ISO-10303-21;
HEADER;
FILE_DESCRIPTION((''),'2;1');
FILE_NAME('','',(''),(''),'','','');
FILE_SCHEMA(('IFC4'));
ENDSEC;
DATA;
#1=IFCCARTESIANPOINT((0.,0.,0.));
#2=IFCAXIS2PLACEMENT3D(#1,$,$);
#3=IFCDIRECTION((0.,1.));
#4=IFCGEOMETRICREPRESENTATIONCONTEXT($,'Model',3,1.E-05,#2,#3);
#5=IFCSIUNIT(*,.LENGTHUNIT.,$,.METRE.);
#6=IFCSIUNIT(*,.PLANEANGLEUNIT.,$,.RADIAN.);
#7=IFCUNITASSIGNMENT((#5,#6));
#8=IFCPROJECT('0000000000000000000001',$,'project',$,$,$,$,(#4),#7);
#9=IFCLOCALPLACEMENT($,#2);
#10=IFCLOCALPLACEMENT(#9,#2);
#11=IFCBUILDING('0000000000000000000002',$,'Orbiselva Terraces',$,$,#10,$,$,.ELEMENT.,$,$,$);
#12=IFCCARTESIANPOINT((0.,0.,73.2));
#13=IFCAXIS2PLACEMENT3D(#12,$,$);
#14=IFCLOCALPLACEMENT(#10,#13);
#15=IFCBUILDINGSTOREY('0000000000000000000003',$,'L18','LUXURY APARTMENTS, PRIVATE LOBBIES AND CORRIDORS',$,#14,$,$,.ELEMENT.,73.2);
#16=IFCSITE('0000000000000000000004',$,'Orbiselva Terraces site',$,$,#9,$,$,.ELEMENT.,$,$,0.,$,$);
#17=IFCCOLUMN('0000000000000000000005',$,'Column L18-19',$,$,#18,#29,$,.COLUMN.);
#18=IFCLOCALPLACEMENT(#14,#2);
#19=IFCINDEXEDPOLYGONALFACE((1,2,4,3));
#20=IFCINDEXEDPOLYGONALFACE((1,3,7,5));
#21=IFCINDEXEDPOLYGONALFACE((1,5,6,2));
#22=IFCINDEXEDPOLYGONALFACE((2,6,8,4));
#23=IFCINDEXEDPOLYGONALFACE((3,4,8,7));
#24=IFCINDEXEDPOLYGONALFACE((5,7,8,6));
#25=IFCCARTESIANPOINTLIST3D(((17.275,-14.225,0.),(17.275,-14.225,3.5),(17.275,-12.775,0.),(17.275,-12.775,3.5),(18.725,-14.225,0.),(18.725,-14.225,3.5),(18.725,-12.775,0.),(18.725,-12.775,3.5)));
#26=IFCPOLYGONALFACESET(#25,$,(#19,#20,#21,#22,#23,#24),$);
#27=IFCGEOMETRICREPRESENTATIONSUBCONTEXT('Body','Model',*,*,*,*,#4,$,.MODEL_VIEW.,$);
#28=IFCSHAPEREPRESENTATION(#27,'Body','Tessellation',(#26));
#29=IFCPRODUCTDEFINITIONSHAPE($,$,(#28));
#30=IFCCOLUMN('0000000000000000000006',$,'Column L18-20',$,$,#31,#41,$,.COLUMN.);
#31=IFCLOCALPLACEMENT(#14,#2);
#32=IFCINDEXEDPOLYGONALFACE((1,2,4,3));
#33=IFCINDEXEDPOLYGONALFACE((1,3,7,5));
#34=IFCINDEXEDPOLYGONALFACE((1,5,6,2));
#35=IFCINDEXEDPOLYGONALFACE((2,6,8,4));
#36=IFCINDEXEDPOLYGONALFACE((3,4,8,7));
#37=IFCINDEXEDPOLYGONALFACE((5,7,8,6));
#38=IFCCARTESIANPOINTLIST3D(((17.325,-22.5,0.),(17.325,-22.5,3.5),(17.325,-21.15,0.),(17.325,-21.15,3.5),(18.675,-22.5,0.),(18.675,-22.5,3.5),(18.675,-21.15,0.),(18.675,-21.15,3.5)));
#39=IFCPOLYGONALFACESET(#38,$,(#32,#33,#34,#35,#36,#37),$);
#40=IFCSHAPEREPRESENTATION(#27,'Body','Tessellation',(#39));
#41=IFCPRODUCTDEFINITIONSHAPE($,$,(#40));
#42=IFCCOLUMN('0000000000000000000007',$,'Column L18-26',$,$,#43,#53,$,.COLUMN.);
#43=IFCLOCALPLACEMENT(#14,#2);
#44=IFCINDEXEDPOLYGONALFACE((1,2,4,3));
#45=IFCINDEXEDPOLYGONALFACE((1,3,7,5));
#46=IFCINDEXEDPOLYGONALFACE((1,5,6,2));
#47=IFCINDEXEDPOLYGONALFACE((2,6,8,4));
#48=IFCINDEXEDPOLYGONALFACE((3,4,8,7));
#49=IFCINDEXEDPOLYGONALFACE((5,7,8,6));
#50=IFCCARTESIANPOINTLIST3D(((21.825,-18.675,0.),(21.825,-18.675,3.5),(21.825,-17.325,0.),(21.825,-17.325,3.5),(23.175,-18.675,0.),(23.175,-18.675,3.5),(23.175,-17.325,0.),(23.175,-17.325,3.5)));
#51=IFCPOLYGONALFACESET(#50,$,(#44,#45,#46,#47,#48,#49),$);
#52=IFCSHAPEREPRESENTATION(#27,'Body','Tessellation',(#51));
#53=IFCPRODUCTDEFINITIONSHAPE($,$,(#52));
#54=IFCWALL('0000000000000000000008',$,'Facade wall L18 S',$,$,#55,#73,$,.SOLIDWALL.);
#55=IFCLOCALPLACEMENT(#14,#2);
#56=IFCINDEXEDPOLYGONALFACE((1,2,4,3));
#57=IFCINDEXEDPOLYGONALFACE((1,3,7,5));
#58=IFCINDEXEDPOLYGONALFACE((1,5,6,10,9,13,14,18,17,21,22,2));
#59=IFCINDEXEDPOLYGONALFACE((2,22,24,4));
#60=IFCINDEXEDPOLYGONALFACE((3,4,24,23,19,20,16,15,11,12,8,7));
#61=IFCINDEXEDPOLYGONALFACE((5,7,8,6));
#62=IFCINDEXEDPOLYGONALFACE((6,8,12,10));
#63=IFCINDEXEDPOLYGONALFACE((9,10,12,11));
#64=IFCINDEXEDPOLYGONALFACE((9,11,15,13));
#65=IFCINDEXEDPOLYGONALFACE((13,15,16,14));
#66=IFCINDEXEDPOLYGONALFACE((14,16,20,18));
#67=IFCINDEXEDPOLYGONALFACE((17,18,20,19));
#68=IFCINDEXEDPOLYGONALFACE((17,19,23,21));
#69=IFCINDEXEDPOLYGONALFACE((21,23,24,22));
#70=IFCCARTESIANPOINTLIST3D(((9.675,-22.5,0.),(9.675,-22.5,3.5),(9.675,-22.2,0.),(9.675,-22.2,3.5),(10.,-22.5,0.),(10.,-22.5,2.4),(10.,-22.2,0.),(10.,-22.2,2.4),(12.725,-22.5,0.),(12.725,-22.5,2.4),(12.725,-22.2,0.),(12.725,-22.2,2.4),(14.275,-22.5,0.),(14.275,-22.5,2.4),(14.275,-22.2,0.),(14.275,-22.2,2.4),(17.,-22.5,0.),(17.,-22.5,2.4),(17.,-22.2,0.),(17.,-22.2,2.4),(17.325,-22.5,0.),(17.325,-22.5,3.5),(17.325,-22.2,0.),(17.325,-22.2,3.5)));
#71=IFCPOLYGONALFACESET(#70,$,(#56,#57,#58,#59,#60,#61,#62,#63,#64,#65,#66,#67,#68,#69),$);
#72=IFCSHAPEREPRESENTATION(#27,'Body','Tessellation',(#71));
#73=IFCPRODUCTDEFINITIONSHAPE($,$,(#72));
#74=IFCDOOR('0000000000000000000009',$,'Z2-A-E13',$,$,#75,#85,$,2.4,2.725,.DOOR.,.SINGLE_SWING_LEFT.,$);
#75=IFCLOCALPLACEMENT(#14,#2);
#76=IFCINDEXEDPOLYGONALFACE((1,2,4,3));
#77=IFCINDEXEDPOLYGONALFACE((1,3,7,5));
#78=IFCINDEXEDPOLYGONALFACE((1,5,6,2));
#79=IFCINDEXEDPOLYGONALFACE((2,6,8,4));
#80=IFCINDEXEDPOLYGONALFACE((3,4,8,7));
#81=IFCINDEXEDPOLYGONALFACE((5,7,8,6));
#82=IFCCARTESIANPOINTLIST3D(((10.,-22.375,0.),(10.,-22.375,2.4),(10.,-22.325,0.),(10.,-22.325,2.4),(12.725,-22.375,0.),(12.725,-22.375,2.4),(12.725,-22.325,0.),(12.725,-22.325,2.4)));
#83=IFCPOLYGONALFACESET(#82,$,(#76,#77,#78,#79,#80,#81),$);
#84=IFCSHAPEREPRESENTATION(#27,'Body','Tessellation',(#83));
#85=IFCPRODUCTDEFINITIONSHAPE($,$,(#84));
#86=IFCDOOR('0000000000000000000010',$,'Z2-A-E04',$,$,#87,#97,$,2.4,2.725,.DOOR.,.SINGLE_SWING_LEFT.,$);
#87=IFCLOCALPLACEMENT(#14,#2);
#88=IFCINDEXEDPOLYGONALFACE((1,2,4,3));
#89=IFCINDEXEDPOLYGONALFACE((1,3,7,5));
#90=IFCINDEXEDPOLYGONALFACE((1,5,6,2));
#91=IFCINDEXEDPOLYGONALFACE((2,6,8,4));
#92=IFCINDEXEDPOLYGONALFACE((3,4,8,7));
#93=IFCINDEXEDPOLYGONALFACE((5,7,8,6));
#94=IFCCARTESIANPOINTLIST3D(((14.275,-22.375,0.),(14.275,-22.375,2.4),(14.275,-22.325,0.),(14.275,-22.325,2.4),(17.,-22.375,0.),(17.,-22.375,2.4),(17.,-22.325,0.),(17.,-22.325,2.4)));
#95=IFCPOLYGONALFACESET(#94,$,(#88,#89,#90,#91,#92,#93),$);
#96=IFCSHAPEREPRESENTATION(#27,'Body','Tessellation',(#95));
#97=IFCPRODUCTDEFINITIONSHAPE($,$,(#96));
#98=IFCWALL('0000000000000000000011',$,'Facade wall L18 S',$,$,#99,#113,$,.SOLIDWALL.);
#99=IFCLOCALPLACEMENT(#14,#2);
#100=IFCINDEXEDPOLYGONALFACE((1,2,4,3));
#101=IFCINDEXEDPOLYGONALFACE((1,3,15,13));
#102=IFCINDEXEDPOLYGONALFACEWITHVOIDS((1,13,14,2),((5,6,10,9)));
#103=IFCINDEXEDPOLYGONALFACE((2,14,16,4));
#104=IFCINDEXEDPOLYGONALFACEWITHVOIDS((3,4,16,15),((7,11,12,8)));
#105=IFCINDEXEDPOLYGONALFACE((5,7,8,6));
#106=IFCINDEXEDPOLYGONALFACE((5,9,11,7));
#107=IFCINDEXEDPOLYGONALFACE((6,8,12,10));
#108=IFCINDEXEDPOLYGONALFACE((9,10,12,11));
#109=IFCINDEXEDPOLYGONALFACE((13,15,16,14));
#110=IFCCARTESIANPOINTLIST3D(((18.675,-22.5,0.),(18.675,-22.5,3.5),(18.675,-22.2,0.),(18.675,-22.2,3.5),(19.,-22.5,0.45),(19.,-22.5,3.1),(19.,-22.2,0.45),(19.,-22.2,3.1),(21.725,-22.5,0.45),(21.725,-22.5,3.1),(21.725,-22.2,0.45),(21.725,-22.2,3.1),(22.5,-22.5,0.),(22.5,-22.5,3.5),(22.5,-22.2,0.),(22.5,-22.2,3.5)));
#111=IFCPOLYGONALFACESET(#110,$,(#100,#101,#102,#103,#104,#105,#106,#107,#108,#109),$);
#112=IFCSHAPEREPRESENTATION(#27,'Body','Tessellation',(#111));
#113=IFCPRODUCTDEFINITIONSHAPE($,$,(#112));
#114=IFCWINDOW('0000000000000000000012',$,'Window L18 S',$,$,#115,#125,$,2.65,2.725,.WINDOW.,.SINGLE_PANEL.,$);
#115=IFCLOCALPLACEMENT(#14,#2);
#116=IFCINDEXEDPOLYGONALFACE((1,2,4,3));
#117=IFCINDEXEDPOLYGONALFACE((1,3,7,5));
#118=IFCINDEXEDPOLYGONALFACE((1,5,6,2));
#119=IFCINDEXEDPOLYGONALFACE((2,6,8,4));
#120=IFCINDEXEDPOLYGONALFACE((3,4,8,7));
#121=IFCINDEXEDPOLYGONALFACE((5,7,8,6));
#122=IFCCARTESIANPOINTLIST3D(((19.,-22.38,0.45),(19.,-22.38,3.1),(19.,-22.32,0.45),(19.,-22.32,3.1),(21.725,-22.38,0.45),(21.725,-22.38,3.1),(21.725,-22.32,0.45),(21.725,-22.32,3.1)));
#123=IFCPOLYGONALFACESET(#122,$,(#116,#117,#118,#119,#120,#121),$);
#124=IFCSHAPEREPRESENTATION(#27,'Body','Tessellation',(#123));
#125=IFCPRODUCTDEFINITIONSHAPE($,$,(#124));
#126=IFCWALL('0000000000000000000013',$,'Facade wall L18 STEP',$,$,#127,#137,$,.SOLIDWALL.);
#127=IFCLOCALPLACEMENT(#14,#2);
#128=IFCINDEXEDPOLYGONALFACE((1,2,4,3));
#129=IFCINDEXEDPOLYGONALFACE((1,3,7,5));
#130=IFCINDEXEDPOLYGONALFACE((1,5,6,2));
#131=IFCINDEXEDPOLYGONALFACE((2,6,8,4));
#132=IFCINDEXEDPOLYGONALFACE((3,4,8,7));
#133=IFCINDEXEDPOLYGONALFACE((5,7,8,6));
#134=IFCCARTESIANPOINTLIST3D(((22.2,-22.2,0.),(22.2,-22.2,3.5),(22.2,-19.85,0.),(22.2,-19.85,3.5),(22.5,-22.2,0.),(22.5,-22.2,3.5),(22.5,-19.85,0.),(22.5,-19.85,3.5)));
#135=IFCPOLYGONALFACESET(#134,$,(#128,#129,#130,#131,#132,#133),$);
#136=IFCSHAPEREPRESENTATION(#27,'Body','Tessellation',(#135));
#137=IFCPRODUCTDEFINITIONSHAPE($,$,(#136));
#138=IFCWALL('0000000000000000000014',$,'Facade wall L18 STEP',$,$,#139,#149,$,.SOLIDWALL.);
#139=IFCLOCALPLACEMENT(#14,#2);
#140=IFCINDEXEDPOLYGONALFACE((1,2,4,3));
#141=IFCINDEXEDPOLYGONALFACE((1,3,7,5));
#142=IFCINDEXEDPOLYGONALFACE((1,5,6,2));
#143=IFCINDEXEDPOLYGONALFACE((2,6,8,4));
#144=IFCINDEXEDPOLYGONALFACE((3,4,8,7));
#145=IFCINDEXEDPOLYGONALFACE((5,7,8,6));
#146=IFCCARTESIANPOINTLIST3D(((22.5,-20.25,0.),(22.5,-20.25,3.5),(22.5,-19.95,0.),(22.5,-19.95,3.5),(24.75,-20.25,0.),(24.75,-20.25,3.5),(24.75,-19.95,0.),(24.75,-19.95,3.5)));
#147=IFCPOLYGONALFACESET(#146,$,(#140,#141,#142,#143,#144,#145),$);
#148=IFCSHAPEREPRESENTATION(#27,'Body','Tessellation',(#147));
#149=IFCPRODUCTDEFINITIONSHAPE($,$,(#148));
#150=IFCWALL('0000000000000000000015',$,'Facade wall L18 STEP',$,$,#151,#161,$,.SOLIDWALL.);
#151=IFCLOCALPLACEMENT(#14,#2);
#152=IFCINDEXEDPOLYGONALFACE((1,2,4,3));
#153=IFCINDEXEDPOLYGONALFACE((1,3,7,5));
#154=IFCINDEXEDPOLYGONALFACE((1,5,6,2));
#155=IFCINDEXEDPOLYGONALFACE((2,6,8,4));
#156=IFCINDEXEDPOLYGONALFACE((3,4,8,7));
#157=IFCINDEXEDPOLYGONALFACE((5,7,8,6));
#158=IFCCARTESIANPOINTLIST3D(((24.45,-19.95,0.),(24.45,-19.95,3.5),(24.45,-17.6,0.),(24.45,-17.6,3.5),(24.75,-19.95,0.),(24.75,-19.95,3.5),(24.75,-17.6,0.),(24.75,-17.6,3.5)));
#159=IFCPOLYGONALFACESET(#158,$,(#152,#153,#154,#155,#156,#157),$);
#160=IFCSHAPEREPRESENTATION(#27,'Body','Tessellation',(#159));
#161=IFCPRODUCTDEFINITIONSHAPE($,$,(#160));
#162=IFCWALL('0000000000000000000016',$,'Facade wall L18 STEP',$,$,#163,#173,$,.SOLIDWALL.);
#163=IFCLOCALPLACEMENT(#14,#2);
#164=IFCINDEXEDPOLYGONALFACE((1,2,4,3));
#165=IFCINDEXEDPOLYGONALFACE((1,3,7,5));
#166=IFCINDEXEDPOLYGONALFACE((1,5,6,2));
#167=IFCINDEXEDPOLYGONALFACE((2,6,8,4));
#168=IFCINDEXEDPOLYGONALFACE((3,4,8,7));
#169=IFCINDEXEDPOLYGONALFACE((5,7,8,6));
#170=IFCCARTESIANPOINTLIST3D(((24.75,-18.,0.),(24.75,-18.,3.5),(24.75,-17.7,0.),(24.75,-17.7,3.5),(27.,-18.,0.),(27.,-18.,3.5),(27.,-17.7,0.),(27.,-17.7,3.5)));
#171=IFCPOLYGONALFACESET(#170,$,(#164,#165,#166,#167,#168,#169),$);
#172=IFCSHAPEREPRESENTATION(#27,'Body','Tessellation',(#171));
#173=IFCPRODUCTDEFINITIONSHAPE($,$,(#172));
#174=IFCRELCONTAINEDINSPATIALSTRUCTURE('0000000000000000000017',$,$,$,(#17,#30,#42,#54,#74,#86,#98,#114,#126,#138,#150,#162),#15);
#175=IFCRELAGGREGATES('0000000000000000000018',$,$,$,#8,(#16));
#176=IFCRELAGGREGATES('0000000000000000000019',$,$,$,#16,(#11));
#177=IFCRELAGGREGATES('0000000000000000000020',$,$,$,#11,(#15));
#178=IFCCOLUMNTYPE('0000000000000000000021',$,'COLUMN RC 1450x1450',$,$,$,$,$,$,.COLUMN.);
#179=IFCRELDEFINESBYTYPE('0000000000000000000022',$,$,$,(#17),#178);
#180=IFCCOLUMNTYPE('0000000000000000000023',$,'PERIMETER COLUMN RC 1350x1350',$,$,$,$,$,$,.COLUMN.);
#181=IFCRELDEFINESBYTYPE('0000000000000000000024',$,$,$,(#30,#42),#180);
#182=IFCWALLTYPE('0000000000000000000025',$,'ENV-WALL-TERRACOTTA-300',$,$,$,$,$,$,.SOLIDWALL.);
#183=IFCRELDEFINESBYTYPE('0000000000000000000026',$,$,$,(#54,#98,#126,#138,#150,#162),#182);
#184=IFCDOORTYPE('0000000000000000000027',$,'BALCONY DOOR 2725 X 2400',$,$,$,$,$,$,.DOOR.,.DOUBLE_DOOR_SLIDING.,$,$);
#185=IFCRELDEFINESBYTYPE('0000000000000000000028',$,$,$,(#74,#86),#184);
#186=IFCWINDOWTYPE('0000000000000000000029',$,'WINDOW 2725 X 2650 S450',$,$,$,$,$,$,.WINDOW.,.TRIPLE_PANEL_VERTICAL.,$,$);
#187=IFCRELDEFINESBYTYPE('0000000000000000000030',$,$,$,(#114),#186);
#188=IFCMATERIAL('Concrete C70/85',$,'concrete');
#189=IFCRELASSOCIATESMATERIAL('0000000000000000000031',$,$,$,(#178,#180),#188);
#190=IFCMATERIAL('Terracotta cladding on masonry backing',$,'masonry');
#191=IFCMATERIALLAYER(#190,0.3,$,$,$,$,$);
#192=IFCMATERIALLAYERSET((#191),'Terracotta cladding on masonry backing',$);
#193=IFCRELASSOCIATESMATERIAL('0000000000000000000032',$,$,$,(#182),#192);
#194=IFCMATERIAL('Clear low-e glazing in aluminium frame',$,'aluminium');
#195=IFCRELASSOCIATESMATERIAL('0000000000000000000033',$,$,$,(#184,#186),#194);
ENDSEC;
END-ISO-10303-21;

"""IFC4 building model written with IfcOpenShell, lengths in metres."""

from ifc_helpers import new_model, si_unit, direction, frame, frame_2d, origin, origin_2d, place, context, subcontext, project, spatial, rectangle, extrude, material, layer, layer_set, material_profile, profile_set, type_object, element, fill, save


model = new_model("IFC4")

# Units and contexts
model_context = context("Model", 3, precision=1e-05, world=origin(), true_north=direction((0.0, 1.0)))
body_context = subcontext(model_context, "Body", "Model", "MODEL_VIEW")
ifc_project = project(units=[si_unit("LENGTHUNIT", "METRE"), si_unit("PLANEANGLEUNIT", "RADIAN")], contexts=[model_context])

# Site, building, storey
site_placement = place(None, origin())
site = spatial("IfcSite", under=ifc_project, at=site_placement, Name="Orbiselva Terraces site", CompositionType="ELEMENT", RefElevation=0.0)
building_placement = place(site_placement, origin())
building = spatial("IfcBuilding", under=site, at=building_placement, Name="Orbiselva Terraces", CompositionType="ELEMENT")
storey_placement = place(building_placement, frame((0.0, 0.0, 73.2)))
storey = spatial("IfcBuildingStorey", under=building, at=storey_placement, Name="L18", Description="LUXURY APARTMENTS, PRIVATE LOBBIES AND CORRIDORS", CompositionType="ELEMENT", Elevation=73.2)

# Columns
ifc_material_1 = material(Name="Concrete C70/85", Category="concrete")
ifc_material_profile_1 = material_profile(ifc_material_1, rectangle(XDim=1.45, YDim=1.45, at=origin_2d()), Name="RC 1450x1450")
ifc_profile_set_1 = profile_set([ifc_material_profile_1], Name="Concrete C70/85")
column_type_1 = type_object("IfcColumnType", Name="COLUMN RC 1450x1450", PredefinedType="COLUMN", material=ifc_profile_set_1)
column_placement = place(storey_placement, frame((18.0, -13.5, 0.0), z_axis=(0.0, 0.0, 1.0), x_axis=(1.0, 0.0, 0.0)))
element("IfcColumn", 1, at=column_placement, inside=storey, type_object=column_type_1, Name="Column L18-19", PredefinedType="COLUMN", context=body_context, shape_type="SweptSolid", body=[
    extrude(rectangle(XDim=1.45, YDim=1.45, at=origin_2d()), origin(), (0.0, 0.0, 1.0), 3.5),
])
ifc_material_profile_2 = material_profile(ifc_material_1, rectangle(XDim=1.35, YDim=1.35, at=origin_2d()), Name="RC 1350x1350")
ifc_profile_set_2 = profile_set([ifc_material_profile_2], Name="Concrete C70/85")
column_type_2 = type_object("IfcColumnType", Name="PERIMETER COLUMN RC 1350x1350", PredefinedType="COLUMN", material=ifc_profile_set_2)
for number, where, z_axis, x_axis, name in (
    (2, (18.0, -21.825, 0.0), (0.0, 0.0, 1.0), (1.0, 0.0, 0.0), "Column L18-20"),
    (3, (22.5, -18.0, 0.0), (0.0, 0.0, 1.0), (1.0, 0.0, 0.0), "Column L18-26"),
):
    element("IfcColumn", number, at=place(storey_placement, frame(where, z_axis=z_axis, x_axis=x_axis)), inside=storey, type_object=column_type_2, Name=name, PredefinedType="COLUMN", context=body_context, shape_type="SweptSolid", body=[
        extrude(rectangle(XDim=1.35, YDim=1.35, at=origin_2d()), origin(), (0.0, 0.0, 1.0), 3.5),
    ])

# Wall, openings, doors
ifc_material_2 = material(Name="Terracotta cladding on masonry backing", Category="masonry")
ifc_layer_1 = layer(ifc_material_2, 0.3)
ifc_layer_set_1 = layer_set([ifc_layer_1], Name="Terracotta cladding on masonry backing")
wall_type_1 = type_object("IfcWallType", Name="ENV-WALL-TERRACOTTA-300", PredefinedType="SOLIDWALL", material=ifc_layer_set_1)
wall_1_placement = place(storey_placement, frame((17.325, -22.35, 0.0), z_axis=(0.0, 0.0, 1.0), x_axis=(-1.0, 0.0, 0.0)))
wall_1 = element("IfcWall", 4, at=wall_1_placement, inside=storey, type_object=wall_type_1, Name="Facade wall L18 S", PredefinedType="SOLIDWALL", context=body_context, shape_type="SweptSolid", body=[
    extrude(rectangle(XDim=7.65, YDim=0.3, at=frame_2d((3.825, 0.0))), origin(), (0.0, 0.0, 1.0), 3.5),
])
opening_1_placement = place(wall_1_placement, frame((4.6, 0.0, 0.0)))
opening_1 = element("IfcOpeningElement", 5, at=opening_1_placement, cuts=wall_1, PredefinedType="OPENING", context=body_context, shape_type="SweptSolid", body=[
    extrude(rectangle(XDim=2.725, YDim=2.4, at=frame_2d((1.3625, 1.2))), frame((0.0, 0.16, 0.0), z_axis=(0.0, -1.0, 0.0), x_axis=(1.0, 0.0, 0.0)), (0.0, 0.0, 1.0), 0.32),
])
opening_2_placement = place(wall_1_placement, frame((0.325, 0.0, 0.0)))
opening_2 = element("IfcOpeningElement", 6, at=opening_2_placement, cuts=wall_1, PredefinedType="OPENING", context=body_context, shape_type="SweptSolid", body=[
    extrude(rectangle(XDim=2.725, YDim=2.4, at=frame_2d((1.3625, 1.2))), frame((0.0, 0.16, 0.0), z_axis=(0.0, -1.0, 0.0), x_axis=(1.0, 0.0, 0.0)), (0.0, 0.0, 1.0), 0.32),
])
ifc_material_3 = material(Name="Clear low-e glazing in aluminium frame", Category="aluminium")
door_type_1 = type_object("IfcDoorType", Name="BALCONY DOOR 2725 X 2400", OperationType="DOUBLE_DOOR_SLIDING", PredefinedType="DOOR", material=ifc_material_3)
door_1_placement = place(opening_1_placement, origin())
door_1 = element("IfcDoor", 7, at=door_1_placement, inside=storey, type_object=door_type_1, Name="Z2-A-E13", OperationType="SINGLE_SWING_LEFT", OverallHeight=2.4, OverallWidth=2.725, PredefinedType="DOOR", context=body_context, shape_type="SweptSolid", body=[
    extrude(rectangle(XDim=2.725, YDim=2.4, at=frame_2d((1.3625, 1.2))), frame((0.0, 0.025, 0.0), z_axis=(0.0, -1.0, 0.0), x_axis=(1.0, 0.0, 0.0)), (0.0, 0.0, 1.0), 0.05),
])
fill(opening_1, door_1)
door_2_placement = place(opening_2_placement, origin())
door_2 = element("IfcDoor", 8, at=door_2_placement, inside=storey, type_object=door_type_1, Name="Z2-A-E04", OperationType="SINGLE_SWING_LEFT", OverallHeight=2.4, OverallWidth=2.725, PredefinedType="DOOR", context=body_context, shape_type="SweptSolid", body=[
    extrude(rectangle(XDim=2.725, YDim=2.4, at=frame_2d((1.3625, 1.2))), frame((0.0, 0.025, 0.0), z_axis=(0.0, -1.0, 0.0), x_axis=(1.0, 0.0, 0.0)), (0.0, 0.0, 1.0), 0.05),
])
fill(opening_2, door_2)

# Wall, opening, window
wall_2_placement = place(storey_placement, frame((22.5, -22.35, 0.0), z_axis=(0.0, 0.0, 1.0), x_axis=(-1.0, 0.0, 0.0)))
wall_2 = element("IfcWall", 9, at=wall_2_placement, inside=storey, type_object=wall_type_1, Name="Facade wall L18 S", PredefinedType="SOLIDWALL", context=body_context, shape_type="SweptSolid", body=[
    extrude(rectangle(XDim=3.825, YDim=0.3, at=frame_2d((1.9125, 0.0))), origin(), (0.0, 0.0, 1.0), 3.5),
])
opening_3_placement = place(wall_2_placement, frame((0.775, 0.0, 0.45)))
opening_3 = element("IfcOpeningElement", 10, at=opening_3_placement, cuts=wall_2, PredefinedType="OPENING", context=body_context, shape_type="SweptSolid", body=[
    extrude(rectangle(XDim=2.725, YDim=2.65, at=frame_2d((1.3625, 1.325))), frame((0.0, 0.16, 0.0), z_axis=(0.0, -1.0, 0.0), x_axis=(1.0, 0.0, 0.0)), (0.0, 0.0, 1.0), 0.32),
])
window_type = type_object("IfcWindowType", Name="WINDOW 2725 X 2650 S450", PartitioningType="TRIPLE_PANEL_VERTICAL", PredefinedType="WINDOW", material=ifc_material_3)
window_1_placement = place(opening_3_placement, origin())
window_1 = element("IfcWindow", 11, at=window_1_placement, inside=storey, type_object=window_type, Name="Window L18 S", OverallHeight=2.65, OverallWidth=2.725, PartitioningType="SINGLE_PANEL", PredefinedType="WINDOW", context=body_context, shape_type="SweptSolid", body=[
    extrude(rectangle(XDim=2.725, YDim=2.65, at=frame_2d((1.3625, 1.325))), frame((0.0, 0.03, 0.0), z_axis=(0.0, -1.0, 0.0), x_axis=(1.0, 0.0, 0.0)), (0.0, 0.0, 1.0), 0.06),
])
fill(opening_3, window_1)

# Walls
wall_3_placement = place(storey_placement, frame((22.35, -19.85, 0.0), z_axis=(0.0, 0.0, 1.0), x_axis=(0.0, -1.0, 0.0)))
element("IfcWall", 12, at=wall_3_placement, inside=storey, type_object=wall_type_1, Name="Facade wall L18 STEP", PredefinedType="SOLIDWALL", context=body_context, shape_type="SweptSolid", body=[
    extrude(rectangle(XDim=2.35, YDim=0.3, at=frame_2d((1.175, 0.0))), origin(), (0.0, 0.0, 1.0), 3.5),
])
wall_4_placement = place(storey_placement, frame((24.75, -20.1, 0.0), z_axis=(0.0, 0.0, 1.0), x_axis=(-1.0, 0.0, 0.0)))
element("IfcWall", 13, at=wall_4_placement, inside=storey, type_object=wall_type_1, Name="Facade wall L18 STEP", PredefinedType="SOLIDWALL", context=body_context, shape_type="SweptSolid", body=[
    extrude(rectangle(XDim=2.25, YDim=0.3, at=frame_2d((1.125, 0.0))), origin(), (0.0, 0.0, 1.0), 3.5),
])
wall_5_placement = place(storey_placement, frame((24.6, -17.6, 0.0), z_axis=(0.0, 0.0, 1.0), x_axis=(0.0, -1.0, 0.0)))
element("IfcWall", 14, at=wall_5_placement, inside=storey, type_object=wall_type_1, Name="Facade wall L18 STEP", PredefinedType="SOLIDWALL", context=body_context, shape_type="SweptSolid", body=[
    extrude(rectangle(XDim=2.35, YDim=0.3, at=frame_2d((1.175, 0.0))), origin(), (0.0, 0.0, 1.0), 3.5),
])
wall_6_placement = place(storey_placement, frame((27.0, -17.85, 0.0), z_axis=(0.0, 0.0, 1.0), x_axis=(-1.0, 0.0, 0.0)))
element("IfcWall", 15, at=wall_6_placement, inside=storey, type_object=wall_type_1, Name="Facade wall L18 STEP", PredefinedType="SOLIDWALL", context=body_context, shape_type="SweptSolid", body=[
    extrude(rectangle(XDim=2.25, YDim=0.3, at=frame_2d((1.125, 0.0))), origin(), (0.0, 0.0, 1.0), 3.5),
])

save(model, "model.ifc")
